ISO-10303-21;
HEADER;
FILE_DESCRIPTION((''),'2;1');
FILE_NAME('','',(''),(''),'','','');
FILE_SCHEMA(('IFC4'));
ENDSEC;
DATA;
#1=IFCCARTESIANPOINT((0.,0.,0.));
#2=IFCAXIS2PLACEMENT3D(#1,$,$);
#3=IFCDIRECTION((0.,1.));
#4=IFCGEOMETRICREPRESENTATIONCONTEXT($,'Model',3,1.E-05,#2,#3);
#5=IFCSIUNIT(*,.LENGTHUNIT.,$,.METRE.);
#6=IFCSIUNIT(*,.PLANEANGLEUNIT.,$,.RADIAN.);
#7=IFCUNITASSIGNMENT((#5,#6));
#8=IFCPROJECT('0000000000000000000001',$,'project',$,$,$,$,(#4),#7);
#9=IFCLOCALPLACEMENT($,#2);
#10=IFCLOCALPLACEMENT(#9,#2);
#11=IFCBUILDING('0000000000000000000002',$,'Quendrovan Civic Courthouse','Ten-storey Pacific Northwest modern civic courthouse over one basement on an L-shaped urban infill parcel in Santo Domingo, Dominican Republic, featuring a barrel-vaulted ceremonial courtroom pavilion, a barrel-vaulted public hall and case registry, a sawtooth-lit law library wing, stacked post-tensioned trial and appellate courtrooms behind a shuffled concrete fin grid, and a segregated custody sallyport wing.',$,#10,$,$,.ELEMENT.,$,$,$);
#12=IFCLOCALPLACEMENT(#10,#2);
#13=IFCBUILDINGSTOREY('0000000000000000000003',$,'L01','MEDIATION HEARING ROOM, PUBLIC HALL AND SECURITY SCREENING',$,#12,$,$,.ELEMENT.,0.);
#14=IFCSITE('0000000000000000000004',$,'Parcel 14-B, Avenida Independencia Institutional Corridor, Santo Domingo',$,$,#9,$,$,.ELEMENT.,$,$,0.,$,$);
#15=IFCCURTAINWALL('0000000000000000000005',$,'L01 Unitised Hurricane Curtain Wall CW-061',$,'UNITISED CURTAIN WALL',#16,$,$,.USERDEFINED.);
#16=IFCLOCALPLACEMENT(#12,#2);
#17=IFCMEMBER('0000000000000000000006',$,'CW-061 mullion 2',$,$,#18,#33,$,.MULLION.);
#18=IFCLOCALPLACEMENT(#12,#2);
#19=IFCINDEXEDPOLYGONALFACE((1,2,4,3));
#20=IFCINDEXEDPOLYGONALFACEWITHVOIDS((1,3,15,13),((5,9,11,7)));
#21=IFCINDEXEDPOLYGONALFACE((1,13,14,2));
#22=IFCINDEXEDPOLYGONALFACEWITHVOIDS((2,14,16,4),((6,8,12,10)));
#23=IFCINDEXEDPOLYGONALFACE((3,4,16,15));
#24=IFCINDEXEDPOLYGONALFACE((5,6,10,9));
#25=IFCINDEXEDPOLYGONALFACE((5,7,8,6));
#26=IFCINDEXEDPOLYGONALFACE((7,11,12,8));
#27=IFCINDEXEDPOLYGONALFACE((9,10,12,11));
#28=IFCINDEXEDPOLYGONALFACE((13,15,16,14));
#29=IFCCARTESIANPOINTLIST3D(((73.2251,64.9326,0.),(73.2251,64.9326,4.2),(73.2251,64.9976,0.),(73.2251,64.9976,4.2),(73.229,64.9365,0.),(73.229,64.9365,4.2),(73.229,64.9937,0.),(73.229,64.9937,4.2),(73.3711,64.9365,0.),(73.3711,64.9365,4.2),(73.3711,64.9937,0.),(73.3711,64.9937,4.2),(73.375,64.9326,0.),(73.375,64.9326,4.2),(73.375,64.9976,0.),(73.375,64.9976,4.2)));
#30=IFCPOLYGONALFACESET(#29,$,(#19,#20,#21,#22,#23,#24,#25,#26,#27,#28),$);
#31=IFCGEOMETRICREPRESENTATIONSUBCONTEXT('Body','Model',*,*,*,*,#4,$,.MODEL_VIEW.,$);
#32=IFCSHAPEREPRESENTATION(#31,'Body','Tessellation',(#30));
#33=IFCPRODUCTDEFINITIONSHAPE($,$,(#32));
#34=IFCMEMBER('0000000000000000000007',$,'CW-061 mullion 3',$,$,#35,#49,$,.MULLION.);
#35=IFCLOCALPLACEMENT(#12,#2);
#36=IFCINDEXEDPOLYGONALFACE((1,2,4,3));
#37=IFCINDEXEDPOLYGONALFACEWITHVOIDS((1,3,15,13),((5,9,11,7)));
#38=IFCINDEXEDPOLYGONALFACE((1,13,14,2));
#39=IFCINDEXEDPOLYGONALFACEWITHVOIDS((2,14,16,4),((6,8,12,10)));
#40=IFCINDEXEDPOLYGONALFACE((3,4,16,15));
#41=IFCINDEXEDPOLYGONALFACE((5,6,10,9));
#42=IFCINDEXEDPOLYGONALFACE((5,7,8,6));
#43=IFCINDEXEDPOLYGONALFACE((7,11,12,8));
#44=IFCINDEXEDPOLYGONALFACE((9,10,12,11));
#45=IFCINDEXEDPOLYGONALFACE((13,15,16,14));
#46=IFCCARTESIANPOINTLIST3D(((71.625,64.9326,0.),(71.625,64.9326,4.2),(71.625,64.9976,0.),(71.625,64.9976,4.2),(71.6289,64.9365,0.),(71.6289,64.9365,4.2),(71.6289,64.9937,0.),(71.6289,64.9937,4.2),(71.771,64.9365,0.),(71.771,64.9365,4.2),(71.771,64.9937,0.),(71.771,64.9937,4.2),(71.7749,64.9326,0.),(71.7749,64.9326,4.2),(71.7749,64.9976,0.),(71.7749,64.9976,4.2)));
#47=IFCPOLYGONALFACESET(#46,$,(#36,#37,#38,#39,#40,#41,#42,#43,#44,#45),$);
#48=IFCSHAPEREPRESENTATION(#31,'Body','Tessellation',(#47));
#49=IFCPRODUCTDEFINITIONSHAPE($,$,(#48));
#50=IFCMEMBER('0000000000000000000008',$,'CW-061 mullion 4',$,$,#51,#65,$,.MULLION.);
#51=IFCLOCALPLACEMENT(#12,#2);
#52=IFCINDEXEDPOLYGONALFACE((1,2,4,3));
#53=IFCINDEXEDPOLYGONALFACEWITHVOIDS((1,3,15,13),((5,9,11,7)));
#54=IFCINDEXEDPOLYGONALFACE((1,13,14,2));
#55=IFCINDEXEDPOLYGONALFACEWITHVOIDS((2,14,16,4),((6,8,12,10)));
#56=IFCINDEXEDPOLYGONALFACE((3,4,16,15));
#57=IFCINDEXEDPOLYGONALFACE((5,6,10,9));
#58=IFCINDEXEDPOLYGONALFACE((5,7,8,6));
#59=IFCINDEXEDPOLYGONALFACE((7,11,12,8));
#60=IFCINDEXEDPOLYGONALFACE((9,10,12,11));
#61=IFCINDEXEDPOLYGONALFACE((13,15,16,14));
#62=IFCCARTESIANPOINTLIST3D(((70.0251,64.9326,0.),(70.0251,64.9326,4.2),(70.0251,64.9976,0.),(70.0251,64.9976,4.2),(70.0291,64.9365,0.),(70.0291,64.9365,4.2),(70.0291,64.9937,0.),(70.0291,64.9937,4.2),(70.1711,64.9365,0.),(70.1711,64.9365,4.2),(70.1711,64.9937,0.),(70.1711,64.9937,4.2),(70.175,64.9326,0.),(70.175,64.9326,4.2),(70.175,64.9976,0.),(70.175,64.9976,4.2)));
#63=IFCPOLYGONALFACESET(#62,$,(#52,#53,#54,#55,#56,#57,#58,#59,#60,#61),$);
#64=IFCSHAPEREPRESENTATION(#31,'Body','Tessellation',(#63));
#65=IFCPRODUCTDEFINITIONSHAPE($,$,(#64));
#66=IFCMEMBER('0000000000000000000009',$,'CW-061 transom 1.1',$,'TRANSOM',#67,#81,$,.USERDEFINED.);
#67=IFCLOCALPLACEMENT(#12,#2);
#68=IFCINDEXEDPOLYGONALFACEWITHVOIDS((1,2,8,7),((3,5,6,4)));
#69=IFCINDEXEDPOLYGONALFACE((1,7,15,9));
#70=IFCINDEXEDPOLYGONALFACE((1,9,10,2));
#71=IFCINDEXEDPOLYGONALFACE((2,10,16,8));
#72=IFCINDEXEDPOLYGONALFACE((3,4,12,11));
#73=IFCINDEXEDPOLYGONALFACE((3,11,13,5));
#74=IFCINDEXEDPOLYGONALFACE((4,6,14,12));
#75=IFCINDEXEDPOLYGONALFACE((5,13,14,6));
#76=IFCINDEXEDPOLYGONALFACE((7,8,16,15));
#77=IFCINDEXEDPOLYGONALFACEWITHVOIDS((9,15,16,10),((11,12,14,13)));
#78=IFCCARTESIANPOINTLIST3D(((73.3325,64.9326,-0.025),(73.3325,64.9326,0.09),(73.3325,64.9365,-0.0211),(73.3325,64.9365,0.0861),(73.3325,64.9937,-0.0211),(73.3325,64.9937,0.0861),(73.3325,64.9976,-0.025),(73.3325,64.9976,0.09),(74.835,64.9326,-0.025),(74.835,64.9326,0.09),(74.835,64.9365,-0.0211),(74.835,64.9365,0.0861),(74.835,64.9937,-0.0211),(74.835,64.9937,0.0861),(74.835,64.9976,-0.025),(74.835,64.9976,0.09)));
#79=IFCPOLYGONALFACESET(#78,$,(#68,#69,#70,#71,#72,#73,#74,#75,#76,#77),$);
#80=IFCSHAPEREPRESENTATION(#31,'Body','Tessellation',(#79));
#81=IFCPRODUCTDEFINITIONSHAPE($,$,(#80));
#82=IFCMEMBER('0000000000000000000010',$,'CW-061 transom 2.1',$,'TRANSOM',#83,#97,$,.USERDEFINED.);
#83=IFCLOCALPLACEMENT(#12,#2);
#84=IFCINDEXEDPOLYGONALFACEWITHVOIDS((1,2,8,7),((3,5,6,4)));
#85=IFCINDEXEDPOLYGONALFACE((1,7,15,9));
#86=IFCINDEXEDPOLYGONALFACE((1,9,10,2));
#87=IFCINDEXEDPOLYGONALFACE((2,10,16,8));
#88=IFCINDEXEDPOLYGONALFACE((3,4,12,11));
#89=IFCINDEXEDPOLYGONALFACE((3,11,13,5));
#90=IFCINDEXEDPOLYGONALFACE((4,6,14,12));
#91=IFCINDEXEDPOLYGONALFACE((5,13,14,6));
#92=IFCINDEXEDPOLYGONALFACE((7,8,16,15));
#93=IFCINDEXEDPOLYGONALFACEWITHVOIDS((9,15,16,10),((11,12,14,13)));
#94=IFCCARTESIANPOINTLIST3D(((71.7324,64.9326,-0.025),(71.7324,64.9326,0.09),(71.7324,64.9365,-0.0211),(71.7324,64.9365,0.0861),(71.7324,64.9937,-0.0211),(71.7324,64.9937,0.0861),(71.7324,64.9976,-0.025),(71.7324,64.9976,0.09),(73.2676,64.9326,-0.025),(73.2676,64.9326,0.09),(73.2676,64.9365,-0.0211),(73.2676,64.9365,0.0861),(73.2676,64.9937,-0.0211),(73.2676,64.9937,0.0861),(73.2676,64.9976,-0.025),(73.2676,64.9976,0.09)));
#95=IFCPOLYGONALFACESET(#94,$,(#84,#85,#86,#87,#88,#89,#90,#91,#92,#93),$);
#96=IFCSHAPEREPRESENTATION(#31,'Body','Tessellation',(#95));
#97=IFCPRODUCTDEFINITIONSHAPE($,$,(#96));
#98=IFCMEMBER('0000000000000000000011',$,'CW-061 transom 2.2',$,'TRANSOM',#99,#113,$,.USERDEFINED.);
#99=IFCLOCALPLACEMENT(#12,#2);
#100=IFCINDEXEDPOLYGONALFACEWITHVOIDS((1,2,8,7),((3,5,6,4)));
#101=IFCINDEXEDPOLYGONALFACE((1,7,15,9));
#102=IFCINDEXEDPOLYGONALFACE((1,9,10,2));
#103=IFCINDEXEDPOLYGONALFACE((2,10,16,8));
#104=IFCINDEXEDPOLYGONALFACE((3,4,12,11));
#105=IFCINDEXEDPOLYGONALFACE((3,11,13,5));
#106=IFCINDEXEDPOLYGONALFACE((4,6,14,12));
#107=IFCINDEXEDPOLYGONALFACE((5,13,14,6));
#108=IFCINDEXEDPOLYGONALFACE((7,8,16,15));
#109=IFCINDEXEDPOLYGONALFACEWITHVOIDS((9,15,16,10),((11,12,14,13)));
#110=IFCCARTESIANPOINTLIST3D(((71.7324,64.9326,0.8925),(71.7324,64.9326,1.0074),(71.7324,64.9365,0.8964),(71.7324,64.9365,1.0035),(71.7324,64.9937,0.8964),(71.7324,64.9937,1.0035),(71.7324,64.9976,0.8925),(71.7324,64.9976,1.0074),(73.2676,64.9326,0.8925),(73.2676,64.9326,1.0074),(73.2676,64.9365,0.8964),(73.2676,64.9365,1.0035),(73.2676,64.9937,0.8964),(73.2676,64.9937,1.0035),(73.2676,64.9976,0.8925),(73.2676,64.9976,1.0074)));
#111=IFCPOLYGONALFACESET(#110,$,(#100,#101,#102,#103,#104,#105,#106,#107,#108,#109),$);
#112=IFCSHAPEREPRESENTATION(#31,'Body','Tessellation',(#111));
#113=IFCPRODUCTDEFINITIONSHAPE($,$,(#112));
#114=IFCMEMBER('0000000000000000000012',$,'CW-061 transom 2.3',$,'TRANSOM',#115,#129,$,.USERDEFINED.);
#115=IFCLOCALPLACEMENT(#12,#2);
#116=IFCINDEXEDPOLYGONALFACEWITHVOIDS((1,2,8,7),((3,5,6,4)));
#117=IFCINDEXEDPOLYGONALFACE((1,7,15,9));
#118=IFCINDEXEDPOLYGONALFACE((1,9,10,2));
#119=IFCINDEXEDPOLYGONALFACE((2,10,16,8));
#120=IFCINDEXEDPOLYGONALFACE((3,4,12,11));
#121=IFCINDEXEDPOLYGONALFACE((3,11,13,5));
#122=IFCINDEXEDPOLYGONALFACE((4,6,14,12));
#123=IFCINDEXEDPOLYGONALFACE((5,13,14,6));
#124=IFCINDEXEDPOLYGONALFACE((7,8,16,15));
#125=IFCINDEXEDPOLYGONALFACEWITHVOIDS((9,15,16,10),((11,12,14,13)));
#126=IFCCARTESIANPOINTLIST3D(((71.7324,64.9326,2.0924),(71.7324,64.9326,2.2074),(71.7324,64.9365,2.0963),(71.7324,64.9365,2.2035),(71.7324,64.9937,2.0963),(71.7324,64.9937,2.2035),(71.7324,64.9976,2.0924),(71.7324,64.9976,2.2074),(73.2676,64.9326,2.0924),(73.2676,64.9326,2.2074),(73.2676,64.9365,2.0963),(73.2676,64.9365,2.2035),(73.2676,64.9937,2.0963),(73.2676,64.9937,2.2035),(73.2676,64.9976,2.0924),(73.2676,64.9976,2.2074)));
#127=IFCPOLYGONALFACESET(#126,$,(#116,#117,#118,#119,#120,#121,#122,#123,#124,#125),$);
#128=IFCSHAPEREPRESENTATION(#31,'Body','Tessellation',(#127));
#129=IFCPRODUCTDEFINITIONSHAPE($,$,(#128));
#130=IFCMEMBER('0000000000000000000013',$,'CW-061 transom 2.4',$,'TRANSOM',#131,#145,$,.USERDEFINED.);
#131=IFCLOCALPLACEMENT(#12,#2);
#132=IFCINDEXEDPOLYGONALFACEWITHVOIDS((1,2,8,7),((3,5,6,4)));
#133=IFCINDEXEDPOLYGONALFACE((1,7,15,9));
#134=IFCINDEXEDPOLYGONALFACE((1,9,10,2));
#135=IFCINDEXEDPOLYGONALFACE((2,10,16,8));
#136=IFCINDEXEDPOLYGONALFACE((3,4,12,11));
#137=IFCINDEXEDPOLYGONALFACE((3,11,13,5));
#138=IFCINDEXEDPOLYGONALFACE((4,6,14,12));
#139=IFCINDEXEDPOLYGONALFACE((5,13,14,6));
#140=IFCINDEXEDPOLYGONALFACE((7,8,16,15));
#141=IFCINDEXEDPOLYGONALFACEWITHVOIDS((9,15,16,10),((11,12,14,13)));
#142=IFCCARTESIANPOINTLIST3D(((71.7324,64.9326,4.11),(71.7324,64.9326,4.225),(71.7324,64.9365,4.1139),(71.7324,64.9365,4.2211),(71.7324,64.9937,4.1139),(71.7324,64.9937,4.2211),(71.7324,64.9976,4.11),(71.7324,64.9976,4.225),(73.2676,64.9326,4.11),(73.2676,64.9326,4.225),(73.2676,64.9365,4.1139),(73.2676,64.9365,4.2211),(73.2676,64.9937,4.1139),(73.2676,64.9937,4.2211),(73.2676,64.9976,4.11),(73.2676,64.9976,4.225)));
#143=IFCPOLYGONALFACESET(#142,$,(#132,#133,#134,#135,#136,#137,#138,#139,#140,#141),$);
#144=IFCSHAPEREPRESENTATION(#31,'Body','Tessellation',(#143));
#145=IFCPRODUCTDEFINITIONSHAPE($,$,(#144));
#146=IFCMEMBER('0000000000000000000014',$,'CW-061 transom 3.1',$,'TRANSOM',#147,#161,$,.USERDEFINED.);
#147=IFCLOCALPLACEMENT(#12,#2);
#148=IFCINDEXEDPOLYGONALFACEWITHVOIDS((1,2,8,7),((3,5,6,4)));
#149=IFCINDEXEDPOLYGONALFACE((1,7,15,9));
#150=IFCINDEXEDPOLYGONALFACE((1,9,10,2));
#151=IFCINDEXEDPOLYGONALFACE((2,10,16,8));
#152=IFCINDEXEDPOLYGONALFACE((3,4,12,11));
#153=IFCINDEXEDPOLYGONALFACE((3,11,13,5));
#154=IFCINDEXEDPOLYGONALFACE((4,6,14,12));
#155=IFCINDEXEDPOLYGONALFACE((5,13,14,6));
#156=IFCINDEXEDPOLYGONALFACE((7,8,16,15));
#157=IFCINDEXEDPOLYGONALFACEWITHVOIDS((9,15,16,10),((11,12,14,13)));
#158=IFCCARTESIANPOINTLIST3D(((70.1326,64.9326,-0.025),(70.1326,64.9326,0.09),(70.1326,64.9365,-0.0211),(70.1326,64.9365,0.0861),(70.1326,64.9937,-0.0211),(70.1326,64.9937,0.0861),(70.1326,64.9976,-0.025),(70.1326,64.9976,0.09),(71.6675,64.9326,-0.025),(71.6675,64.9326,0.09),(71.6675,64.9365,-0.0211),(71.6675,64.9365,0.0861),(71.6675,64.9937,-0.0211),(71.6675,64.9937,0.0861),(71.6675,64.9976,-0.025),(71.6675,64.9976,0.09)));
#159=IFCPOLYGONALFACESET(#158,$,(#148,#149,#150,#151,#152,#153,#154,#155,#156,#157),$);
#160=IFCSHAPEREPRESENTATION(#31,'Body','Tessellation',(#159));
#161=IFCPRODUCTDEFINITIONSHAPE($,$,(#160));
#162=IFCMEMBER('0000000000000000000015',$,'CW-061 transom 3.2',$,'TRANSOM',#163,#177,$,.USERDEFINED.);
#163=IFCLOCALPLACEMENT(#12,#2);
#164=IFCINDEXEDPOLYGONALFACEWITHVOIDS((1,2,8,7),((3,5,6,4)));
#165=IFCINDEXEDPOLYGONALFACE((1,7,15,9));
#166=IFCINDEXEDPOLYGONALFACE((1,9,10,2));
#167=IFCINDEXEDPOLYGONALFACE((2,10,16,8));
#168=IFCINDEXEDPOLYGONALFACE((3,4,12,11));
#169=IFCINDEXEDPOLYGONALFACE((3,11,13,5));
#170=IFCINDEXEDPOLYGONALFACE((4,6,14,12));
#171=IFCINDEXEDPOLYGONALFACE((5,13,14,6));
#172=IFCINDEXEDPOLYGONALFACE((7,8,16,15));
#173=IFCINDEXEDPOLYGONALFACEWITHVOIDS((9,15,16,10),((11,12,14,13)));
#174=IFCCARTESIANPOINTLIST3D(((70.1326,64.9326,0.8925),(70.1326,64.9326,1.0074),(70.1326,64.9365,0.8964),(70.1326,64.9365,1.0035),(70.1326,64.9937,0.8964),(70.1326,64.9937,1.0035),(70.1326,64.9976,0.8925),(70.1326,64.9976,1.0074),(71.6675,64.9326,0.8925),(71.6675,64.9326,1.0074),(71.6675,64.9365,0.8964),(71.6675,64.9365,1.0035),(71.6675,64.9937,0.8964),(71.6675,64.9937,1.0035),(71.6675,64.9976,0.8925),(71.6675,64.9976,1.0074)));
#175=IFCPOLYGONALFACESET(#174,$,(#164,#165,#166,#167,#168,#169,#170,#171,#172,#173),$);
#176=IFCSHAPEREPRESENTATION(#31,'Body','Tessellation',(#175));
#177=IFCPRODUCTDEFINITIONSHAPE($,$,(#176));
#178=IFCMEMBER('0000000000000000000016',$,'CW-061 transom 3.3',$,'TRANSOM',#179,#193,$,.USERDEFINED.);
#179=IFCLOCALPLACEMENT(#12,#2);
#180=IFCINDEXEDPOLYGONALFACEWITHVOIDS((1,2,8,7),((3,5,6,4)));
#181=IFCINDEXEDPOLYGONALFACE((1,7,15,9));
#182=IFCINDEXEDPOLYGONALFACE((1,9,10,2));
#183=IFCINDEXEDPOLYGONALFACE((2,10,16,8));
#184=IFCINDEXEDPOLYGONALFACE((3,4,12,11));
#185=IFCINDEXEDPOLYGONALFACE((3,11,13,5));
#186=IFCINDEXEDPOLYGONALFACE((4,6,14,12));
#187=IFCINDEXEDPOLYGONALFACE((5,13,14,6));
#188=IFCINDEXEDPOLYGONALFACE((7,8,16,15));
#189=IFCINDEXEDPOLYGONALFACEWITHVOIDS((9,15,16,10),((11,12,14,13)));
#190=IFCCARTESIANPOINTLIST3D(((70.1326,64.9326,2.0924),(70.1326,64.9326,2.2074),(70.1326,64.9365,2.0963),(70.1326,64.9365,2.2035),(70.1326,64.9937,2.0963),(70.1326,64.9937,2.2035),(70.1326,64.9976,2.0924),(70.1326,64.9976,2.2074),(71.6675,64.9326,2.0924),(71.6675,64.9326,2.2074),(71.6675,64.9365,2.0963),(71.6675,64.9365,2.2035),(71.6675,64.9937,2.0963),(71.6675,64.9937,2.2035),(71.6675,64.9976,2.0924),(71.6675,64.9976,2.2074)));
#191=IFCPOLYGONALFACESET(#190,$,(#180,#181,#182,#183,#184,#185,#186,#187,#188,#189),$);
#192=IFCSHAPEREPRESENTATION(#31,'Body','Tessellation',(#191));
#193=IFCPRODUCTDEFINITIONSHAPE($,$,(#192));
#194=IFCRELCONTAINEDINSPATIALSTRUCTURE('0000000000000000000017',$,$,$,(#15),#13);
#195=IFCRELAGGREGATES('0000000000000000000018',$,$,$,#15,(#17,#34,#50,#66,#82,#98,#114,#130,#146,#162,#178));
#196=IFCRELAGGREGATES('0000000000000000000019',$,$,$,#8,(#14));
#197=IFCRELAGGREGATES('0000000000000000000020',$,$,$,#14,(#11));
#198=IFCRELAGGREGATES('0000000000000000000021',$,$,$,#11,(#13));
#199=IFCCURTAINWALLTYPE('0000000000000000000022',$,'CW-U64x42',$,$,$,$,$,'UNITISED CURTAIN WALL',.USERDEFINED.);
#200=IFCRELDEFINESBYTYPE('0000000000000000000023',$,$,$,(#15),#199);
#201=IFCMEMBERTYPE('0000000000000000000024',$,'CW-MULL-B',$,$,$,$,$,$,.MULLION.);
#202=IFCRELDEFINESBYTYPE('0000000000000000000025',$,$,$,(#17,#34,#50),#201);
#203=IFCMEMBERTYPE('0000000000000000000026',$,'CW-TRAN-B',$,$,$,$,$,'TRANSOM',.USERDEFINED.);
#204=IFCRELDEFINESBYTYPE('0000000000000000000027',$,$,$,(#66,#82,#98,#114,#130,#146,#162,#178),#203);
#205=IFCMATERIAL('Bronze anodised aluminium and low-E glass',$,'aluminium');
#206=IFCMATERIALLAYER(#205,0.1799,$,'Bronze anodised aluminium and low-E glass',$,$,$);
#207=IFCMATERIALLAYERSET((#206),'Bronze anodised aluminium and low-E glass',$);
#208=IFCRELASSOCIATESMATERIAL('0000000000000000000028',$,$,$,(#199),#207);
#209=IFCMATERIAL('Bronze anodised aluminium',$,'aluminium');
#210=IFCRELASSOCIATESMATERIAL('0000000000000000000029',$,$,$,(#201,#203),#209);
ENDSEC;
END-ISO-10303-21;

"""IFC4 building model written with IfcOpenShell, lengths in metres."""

from ifc_helpers import new_model, si_unit, direction, frame, origin, origin_2d, place, context, subcontext, project, spatial, hollow_rectangle, extrude, material, layer, layer_set, material_profile, profile_set, type_object, element, aggregate, save


model = new_model("IFC4")

# Units and contexts
model_context = context("Model", 3, precision=1e-05, world=origin(), true_north=direction((0.0, 1.0)))
body_context = subcontext(model_context, "Body", "Model", "MODEL_VIEW")
ifc_project = project(units=[si_unit("LENGTHUNIT", "METRE"), si_unit("PLANEANGLEUNIT", "RADIAN")], contexts=[model_context])

# Site, building, storey
site_placement = place(None, origin())
site = spatial("IfcSite", under=ifc_project, at=site_placement, Name="Parcel 14-B, Avenida Independencia Institutional Corridor, Santo Domingo", CompositionType="ELEMENT", RefElevation=0.0)
building_placement = place(site_placement, origin())
building = spatial("IfcBuilding", under=site, at=building_placement, Name="Quendrovan Civic Courthouse", Description="Ten-storey Pacific Northwest modern civic courthouse over one basement on an L-shaped urban infill parcel in Santo Domingo, Dominican Republic, featuring a barrel-vaulted ceremonial courtroom pavilion, a barrel-vaulted public hall and case registry, a sawtooth-lit law library wing, stacked post-tensioned trial and appellate courtrooms behind a shuffled concrete fin grid, and a segregated custody sallyport wing.", CompositionType="ELEMENT")
storey_placement = place(building_placement, origin())
storey = spatial("IfcBuildingStorey", under=building, at=storey_placement, Name="L01", Description="MEDIATION HEARING ROOM, PUBLIC HALL AND SECURITY SCREENING", CompositionType="ELEMENT", Elevation=0.0)

# Curtain wall, members
ifc_material_1 = material(Name="Bronze anodised aluminium and low-E glass", Category="aluminium")
ifc_layer_1 = layer(ifc_material_1, 0.1799, Name="Bronze anodised aluminium and low-E glass")
ifc_layer_set_1 = layer_set([ifc_layer_1], Name="Bronze anodised aluminium and low-E glass")
curtain_wall_type = type_object("IfcCurtainWallType", Name="CW-U64x42", ElementType="UNITISED CURTAIN WALL", PredefinedType="USERDEFINED", material=ifc_layer_set_1)
curtain_wall_placement = place(storey_placement, origin())
curtain_wall = element("IfcCurtainWall", 1, at=curtain_wall_placement, inside=storey, type_object=curtain_wall_type, Name="L01 Unitised Hurricane Curtain Wall CW-061", ObjectType="UNITISED CURTAIN WALL", PredefinedType="USERDEFINED")
ifc_material_2 = material(Name="Bronze anodised aluminium", Category="aluminium")
ifc_material_profile_1 = material_profile(ifc_material_2, hollow_rectangle(XDim=0.0649, YDim=0.1499, WallThickness=0.0039, at=origin_2d()), Name="CW-MULL-65x150")
ifc_profile_set_1 = profile_set([ifc_material_profile_1], Name="Bronze anodised aluminium")
member_type_1 = type_object("IfcMemberType", Name="CW-MULL-B", PredefinedType="MULLION", material=ifc_profile_set_1)
member_1_placement = place(storey_placement, frame((73.3, 64.9651, 0.0), z_axis=(0.0, 0.0, 1.0), x_axis=(0.0, -1.0, 0.0)))
member_1 = element("IfcMember", 2, at=member_1_placement, type_object=member_type_1, Name="CW-061 mullion 2", PredefinedType="MULLION", context=body_context, shape_type="SweptSolid", body=[
    extrude(hollow_rectangle(XDim=0.0649, YDim=0.1499, WallThickness=0.0039, at=origin_2d()), origin(), (0.0, 0.0, 1.0), 4.2),
])
member_2_placement = place(storey_placement, frame((71.7, 64.9651, 0.0), z_axis=(0.0, 0.0, 1.0), x_axis=(0.0, -1.0, 0.0)))
member_2 = element("IfcMember", 3, at=member_2_placement, type_object=member_type_1, Name="CW-061 mullion 3", PredefinedType="MULLION", context=body_context, shape_type="SweptSolid", body=[
    extrude(hollow_rectangle(XDim=0.0649, YDim=0.1499, WallThickness=0.0039, at=origin_2d()), origin(), (0.0, 0.0, 1.0), 4.2),
])
member_3_placement = place(storey_placement, frame((70.1001, 64.9651, 0.0), z_axis=(0.0, 0.0, 1.0), x_axis=(0.0, -1.0, 0.0)))
member_3 = element("IfcMember", 4, at=member_3_placement, type_object=member_type_1, Name="CW-061 mullion 4", PredefinedType="MULLION", context=body_context, shape_type="SweptSolid", body=[
    extrude(hollow_rectangle(XDim=0.0649, YDim=0.1499, WallThickness=0.0039, at=origin_2d()), origin(), (0.0, 0.0, 1.0), 4.2),
])
ifc_material_profile_2 = material_profile(ifc_material_2, hollow_rectangle(XDim=0.0649, YDim=0.115, WallThickness=0.0039, at=origin_2d()), Name="CW-TRAN-65x115")
ifc_profile_set_2 = profile_set([ifc_material_profile_2], Name="Bronze anodised aluminium")
member_type_2 = type_object("IfcMemberType", Name="CW-TRAN-B", ElementType="TRANSOM", PredefinedType="USERDEFINED", material=ifc_profile_set_2)
member_4_placement = place(storey_placement, frame((74.835, 64.9651, 0.0325), z_axis=(-1.0, 0.0, 0.0), x_axis=(0.0, -1.0, 0.0)))
member_4 = element("IfcMember", 5, at=member_4_placement, type_object=member_type_2, Name="CW-061 transom 1.1", ObjectType="TRANSOM", PredefinedType="USERDEFINED", context=body_context, shape_type="SweptSolid", body=[
    extrude(hollow_rectangle(XDim=0.0649, YDim=0.115, WallThickness=0.0039, at=origin_2d()), origin(), (0.0, 0.0, 1.0), 1.5024),
])
member_5_placement = place(storey_placement, frame((73.2676, 64.9651, 0.0325), z_axis=(-1.0, 0.0, 0.0), x_axis=(0.0, -1.0, 0.0)))
member_5 = element("IfcMember", 6, at=member_5_placement, type_object=member_type_2, Name="CW-061 transom 2.1", ObjectType="TRANSOM", PredefinedType="USERDEFINED", context=body_context, shape_type="SweptSolid", body=[
    extrude(hollow_rectangle(XDim=0.0649, YDim=0.115, WallThickness=0.0039, at=origin_2d()), origin(), (0.0, 0.0, 1.0), 1.5352),
])
member_6_placement = place(storey_placement, frame((73.2676, 64.9651, 0.95), z_axis=(-1.0, 0.0, 0.0), x_axis=(0.0, -1.0, 0.0)))
member_6 = element("IfcMember", 7, at=member_6_placement, type_object=member_type_2, Name="CW-061 transom 2.2", ObjectType="TRANSOM", PredefinedType="USERDEFINED", context=body_context, shape_type="SweptSolid", body=[
    extrude(hollow_rectangle(XDim=0.0649, YDim=0.115, WallThickness=0.0039, at=origin_2d()), origin(), (0.0, 0.0, 1.0), 1.5352),
])
member_7_placement = place(storey_placement, frame((73.2676, 64.9651, 2.1499), z_axis=(-1.0, 0.0, 0.0), x_axis=(0.0, -1.0, 0.0)))
member_7 = element("IfcMember", 8, at=member_7_placement, type_object=member_type_2, Name="CW-061 transom 2.3", ObjectType="TRANSOM", PredefinedType="USERDEFINED", context=body_context, shape_type="SweptSolid", body=[
    extrude(hollow_rectangle(XDim=0.0649, YDim=0.115, WallThickness=0.0039, at=origin_2d()), origin(), (0.0, 0.0, 1.0), 1.5352),
])
member_8_placement = place(storey_placement, frame((73.2676, 64.9651, 4.1675), z_axis=(-1.0, 0.0, 0.0), x_axis=(0.0, -1.0, 0.0)))
member_8 = element("IfcMember", 9, at=member_8_placement, type_object=member_type_2, Name="CW-061 transom 2.4", ObjectType="TRANSOM", PredefinedType="USERDEFINED", context=body_context, shape_type="SweptSolid", body=[
    extrude(hollow_rectangle(XDim=0.0649, YDim=0.115, WallThickness=0.0039, at=origin_2d()), origin(), (0.0, 0.0, 1.0), 1.5352),
])
member_9_placement = place(storey_placement, frame((71.6675, 64.9651, 0.0325), z_axis=(-1.0, 0.0, 0.0), x_axis=(0.0, -1.0, 0.0)))
member_9 = element("IfcMember", 10, at=member_9_placement, type_object=member_type_2, Name="CW-061 transom 3.1", ObjectType="TRANSOM", PredefinedType="USERDEFINED", context=body_context, shape_type="SweptSolid", body=[
    extrude(hollow_rectangle(XDim=0.0649, YDim=0.115, WallThickness=0.0039, at=origin_2d()), origin(), (0.0, 0.0, 1.0), 1.5349),
])
member_10_placement = place(storey_placement, frame((71.6675, 64.9651, 0.95), z_axis=(-1.0, 0.0, 0.0), x_axis=(0.0, -1.0, 0.0)))
member_10 = element("IfcMember", 11, at=member_10_placement, type_object=member_type_2, Name="CW-061 transom 3.2", ObjectType="TRANSOM", PredefinedType="USERDEFINED", context=body_context, shape_type="SweptSolid", body=[
    extrude(hollow_rectangle(XDim=0.0649, YDim=0.115, WallThickness=0.0039, at=origin_2d()), origin(), (0.0, 0.0, 1.0), 1.5349),
])
member_11_placement = place(storey_placement, frame((71.6675, 64.9651, 2.1499), z_axis=(-1.0, 0.0, 0.0), x_axis=(0.0, -1.0, 0.0)))
member_11 = element("IfcMember", 12, at=member_11_placement, type_object=member_type_2, Name="CW-061 transom 3.3", ObjectType="TRANSOM", PredefinedType="USERDEFINED", context=body_context, shape_type="SweptSolid", body=[
    extrude(hollow_rectangle(XDim=0.0649, YDim=0.115, WallThickness=0.0039, at=origin_2d()), origin(), (0.0, 0.0, 1.0), 1.5349),
])
aggregate(curtain_wall, [member_1, member_2, member_3, member_4, member_5, member_6, member_7, member_8, member_9, member_10, member_11])

save(model, "model.ifc")
